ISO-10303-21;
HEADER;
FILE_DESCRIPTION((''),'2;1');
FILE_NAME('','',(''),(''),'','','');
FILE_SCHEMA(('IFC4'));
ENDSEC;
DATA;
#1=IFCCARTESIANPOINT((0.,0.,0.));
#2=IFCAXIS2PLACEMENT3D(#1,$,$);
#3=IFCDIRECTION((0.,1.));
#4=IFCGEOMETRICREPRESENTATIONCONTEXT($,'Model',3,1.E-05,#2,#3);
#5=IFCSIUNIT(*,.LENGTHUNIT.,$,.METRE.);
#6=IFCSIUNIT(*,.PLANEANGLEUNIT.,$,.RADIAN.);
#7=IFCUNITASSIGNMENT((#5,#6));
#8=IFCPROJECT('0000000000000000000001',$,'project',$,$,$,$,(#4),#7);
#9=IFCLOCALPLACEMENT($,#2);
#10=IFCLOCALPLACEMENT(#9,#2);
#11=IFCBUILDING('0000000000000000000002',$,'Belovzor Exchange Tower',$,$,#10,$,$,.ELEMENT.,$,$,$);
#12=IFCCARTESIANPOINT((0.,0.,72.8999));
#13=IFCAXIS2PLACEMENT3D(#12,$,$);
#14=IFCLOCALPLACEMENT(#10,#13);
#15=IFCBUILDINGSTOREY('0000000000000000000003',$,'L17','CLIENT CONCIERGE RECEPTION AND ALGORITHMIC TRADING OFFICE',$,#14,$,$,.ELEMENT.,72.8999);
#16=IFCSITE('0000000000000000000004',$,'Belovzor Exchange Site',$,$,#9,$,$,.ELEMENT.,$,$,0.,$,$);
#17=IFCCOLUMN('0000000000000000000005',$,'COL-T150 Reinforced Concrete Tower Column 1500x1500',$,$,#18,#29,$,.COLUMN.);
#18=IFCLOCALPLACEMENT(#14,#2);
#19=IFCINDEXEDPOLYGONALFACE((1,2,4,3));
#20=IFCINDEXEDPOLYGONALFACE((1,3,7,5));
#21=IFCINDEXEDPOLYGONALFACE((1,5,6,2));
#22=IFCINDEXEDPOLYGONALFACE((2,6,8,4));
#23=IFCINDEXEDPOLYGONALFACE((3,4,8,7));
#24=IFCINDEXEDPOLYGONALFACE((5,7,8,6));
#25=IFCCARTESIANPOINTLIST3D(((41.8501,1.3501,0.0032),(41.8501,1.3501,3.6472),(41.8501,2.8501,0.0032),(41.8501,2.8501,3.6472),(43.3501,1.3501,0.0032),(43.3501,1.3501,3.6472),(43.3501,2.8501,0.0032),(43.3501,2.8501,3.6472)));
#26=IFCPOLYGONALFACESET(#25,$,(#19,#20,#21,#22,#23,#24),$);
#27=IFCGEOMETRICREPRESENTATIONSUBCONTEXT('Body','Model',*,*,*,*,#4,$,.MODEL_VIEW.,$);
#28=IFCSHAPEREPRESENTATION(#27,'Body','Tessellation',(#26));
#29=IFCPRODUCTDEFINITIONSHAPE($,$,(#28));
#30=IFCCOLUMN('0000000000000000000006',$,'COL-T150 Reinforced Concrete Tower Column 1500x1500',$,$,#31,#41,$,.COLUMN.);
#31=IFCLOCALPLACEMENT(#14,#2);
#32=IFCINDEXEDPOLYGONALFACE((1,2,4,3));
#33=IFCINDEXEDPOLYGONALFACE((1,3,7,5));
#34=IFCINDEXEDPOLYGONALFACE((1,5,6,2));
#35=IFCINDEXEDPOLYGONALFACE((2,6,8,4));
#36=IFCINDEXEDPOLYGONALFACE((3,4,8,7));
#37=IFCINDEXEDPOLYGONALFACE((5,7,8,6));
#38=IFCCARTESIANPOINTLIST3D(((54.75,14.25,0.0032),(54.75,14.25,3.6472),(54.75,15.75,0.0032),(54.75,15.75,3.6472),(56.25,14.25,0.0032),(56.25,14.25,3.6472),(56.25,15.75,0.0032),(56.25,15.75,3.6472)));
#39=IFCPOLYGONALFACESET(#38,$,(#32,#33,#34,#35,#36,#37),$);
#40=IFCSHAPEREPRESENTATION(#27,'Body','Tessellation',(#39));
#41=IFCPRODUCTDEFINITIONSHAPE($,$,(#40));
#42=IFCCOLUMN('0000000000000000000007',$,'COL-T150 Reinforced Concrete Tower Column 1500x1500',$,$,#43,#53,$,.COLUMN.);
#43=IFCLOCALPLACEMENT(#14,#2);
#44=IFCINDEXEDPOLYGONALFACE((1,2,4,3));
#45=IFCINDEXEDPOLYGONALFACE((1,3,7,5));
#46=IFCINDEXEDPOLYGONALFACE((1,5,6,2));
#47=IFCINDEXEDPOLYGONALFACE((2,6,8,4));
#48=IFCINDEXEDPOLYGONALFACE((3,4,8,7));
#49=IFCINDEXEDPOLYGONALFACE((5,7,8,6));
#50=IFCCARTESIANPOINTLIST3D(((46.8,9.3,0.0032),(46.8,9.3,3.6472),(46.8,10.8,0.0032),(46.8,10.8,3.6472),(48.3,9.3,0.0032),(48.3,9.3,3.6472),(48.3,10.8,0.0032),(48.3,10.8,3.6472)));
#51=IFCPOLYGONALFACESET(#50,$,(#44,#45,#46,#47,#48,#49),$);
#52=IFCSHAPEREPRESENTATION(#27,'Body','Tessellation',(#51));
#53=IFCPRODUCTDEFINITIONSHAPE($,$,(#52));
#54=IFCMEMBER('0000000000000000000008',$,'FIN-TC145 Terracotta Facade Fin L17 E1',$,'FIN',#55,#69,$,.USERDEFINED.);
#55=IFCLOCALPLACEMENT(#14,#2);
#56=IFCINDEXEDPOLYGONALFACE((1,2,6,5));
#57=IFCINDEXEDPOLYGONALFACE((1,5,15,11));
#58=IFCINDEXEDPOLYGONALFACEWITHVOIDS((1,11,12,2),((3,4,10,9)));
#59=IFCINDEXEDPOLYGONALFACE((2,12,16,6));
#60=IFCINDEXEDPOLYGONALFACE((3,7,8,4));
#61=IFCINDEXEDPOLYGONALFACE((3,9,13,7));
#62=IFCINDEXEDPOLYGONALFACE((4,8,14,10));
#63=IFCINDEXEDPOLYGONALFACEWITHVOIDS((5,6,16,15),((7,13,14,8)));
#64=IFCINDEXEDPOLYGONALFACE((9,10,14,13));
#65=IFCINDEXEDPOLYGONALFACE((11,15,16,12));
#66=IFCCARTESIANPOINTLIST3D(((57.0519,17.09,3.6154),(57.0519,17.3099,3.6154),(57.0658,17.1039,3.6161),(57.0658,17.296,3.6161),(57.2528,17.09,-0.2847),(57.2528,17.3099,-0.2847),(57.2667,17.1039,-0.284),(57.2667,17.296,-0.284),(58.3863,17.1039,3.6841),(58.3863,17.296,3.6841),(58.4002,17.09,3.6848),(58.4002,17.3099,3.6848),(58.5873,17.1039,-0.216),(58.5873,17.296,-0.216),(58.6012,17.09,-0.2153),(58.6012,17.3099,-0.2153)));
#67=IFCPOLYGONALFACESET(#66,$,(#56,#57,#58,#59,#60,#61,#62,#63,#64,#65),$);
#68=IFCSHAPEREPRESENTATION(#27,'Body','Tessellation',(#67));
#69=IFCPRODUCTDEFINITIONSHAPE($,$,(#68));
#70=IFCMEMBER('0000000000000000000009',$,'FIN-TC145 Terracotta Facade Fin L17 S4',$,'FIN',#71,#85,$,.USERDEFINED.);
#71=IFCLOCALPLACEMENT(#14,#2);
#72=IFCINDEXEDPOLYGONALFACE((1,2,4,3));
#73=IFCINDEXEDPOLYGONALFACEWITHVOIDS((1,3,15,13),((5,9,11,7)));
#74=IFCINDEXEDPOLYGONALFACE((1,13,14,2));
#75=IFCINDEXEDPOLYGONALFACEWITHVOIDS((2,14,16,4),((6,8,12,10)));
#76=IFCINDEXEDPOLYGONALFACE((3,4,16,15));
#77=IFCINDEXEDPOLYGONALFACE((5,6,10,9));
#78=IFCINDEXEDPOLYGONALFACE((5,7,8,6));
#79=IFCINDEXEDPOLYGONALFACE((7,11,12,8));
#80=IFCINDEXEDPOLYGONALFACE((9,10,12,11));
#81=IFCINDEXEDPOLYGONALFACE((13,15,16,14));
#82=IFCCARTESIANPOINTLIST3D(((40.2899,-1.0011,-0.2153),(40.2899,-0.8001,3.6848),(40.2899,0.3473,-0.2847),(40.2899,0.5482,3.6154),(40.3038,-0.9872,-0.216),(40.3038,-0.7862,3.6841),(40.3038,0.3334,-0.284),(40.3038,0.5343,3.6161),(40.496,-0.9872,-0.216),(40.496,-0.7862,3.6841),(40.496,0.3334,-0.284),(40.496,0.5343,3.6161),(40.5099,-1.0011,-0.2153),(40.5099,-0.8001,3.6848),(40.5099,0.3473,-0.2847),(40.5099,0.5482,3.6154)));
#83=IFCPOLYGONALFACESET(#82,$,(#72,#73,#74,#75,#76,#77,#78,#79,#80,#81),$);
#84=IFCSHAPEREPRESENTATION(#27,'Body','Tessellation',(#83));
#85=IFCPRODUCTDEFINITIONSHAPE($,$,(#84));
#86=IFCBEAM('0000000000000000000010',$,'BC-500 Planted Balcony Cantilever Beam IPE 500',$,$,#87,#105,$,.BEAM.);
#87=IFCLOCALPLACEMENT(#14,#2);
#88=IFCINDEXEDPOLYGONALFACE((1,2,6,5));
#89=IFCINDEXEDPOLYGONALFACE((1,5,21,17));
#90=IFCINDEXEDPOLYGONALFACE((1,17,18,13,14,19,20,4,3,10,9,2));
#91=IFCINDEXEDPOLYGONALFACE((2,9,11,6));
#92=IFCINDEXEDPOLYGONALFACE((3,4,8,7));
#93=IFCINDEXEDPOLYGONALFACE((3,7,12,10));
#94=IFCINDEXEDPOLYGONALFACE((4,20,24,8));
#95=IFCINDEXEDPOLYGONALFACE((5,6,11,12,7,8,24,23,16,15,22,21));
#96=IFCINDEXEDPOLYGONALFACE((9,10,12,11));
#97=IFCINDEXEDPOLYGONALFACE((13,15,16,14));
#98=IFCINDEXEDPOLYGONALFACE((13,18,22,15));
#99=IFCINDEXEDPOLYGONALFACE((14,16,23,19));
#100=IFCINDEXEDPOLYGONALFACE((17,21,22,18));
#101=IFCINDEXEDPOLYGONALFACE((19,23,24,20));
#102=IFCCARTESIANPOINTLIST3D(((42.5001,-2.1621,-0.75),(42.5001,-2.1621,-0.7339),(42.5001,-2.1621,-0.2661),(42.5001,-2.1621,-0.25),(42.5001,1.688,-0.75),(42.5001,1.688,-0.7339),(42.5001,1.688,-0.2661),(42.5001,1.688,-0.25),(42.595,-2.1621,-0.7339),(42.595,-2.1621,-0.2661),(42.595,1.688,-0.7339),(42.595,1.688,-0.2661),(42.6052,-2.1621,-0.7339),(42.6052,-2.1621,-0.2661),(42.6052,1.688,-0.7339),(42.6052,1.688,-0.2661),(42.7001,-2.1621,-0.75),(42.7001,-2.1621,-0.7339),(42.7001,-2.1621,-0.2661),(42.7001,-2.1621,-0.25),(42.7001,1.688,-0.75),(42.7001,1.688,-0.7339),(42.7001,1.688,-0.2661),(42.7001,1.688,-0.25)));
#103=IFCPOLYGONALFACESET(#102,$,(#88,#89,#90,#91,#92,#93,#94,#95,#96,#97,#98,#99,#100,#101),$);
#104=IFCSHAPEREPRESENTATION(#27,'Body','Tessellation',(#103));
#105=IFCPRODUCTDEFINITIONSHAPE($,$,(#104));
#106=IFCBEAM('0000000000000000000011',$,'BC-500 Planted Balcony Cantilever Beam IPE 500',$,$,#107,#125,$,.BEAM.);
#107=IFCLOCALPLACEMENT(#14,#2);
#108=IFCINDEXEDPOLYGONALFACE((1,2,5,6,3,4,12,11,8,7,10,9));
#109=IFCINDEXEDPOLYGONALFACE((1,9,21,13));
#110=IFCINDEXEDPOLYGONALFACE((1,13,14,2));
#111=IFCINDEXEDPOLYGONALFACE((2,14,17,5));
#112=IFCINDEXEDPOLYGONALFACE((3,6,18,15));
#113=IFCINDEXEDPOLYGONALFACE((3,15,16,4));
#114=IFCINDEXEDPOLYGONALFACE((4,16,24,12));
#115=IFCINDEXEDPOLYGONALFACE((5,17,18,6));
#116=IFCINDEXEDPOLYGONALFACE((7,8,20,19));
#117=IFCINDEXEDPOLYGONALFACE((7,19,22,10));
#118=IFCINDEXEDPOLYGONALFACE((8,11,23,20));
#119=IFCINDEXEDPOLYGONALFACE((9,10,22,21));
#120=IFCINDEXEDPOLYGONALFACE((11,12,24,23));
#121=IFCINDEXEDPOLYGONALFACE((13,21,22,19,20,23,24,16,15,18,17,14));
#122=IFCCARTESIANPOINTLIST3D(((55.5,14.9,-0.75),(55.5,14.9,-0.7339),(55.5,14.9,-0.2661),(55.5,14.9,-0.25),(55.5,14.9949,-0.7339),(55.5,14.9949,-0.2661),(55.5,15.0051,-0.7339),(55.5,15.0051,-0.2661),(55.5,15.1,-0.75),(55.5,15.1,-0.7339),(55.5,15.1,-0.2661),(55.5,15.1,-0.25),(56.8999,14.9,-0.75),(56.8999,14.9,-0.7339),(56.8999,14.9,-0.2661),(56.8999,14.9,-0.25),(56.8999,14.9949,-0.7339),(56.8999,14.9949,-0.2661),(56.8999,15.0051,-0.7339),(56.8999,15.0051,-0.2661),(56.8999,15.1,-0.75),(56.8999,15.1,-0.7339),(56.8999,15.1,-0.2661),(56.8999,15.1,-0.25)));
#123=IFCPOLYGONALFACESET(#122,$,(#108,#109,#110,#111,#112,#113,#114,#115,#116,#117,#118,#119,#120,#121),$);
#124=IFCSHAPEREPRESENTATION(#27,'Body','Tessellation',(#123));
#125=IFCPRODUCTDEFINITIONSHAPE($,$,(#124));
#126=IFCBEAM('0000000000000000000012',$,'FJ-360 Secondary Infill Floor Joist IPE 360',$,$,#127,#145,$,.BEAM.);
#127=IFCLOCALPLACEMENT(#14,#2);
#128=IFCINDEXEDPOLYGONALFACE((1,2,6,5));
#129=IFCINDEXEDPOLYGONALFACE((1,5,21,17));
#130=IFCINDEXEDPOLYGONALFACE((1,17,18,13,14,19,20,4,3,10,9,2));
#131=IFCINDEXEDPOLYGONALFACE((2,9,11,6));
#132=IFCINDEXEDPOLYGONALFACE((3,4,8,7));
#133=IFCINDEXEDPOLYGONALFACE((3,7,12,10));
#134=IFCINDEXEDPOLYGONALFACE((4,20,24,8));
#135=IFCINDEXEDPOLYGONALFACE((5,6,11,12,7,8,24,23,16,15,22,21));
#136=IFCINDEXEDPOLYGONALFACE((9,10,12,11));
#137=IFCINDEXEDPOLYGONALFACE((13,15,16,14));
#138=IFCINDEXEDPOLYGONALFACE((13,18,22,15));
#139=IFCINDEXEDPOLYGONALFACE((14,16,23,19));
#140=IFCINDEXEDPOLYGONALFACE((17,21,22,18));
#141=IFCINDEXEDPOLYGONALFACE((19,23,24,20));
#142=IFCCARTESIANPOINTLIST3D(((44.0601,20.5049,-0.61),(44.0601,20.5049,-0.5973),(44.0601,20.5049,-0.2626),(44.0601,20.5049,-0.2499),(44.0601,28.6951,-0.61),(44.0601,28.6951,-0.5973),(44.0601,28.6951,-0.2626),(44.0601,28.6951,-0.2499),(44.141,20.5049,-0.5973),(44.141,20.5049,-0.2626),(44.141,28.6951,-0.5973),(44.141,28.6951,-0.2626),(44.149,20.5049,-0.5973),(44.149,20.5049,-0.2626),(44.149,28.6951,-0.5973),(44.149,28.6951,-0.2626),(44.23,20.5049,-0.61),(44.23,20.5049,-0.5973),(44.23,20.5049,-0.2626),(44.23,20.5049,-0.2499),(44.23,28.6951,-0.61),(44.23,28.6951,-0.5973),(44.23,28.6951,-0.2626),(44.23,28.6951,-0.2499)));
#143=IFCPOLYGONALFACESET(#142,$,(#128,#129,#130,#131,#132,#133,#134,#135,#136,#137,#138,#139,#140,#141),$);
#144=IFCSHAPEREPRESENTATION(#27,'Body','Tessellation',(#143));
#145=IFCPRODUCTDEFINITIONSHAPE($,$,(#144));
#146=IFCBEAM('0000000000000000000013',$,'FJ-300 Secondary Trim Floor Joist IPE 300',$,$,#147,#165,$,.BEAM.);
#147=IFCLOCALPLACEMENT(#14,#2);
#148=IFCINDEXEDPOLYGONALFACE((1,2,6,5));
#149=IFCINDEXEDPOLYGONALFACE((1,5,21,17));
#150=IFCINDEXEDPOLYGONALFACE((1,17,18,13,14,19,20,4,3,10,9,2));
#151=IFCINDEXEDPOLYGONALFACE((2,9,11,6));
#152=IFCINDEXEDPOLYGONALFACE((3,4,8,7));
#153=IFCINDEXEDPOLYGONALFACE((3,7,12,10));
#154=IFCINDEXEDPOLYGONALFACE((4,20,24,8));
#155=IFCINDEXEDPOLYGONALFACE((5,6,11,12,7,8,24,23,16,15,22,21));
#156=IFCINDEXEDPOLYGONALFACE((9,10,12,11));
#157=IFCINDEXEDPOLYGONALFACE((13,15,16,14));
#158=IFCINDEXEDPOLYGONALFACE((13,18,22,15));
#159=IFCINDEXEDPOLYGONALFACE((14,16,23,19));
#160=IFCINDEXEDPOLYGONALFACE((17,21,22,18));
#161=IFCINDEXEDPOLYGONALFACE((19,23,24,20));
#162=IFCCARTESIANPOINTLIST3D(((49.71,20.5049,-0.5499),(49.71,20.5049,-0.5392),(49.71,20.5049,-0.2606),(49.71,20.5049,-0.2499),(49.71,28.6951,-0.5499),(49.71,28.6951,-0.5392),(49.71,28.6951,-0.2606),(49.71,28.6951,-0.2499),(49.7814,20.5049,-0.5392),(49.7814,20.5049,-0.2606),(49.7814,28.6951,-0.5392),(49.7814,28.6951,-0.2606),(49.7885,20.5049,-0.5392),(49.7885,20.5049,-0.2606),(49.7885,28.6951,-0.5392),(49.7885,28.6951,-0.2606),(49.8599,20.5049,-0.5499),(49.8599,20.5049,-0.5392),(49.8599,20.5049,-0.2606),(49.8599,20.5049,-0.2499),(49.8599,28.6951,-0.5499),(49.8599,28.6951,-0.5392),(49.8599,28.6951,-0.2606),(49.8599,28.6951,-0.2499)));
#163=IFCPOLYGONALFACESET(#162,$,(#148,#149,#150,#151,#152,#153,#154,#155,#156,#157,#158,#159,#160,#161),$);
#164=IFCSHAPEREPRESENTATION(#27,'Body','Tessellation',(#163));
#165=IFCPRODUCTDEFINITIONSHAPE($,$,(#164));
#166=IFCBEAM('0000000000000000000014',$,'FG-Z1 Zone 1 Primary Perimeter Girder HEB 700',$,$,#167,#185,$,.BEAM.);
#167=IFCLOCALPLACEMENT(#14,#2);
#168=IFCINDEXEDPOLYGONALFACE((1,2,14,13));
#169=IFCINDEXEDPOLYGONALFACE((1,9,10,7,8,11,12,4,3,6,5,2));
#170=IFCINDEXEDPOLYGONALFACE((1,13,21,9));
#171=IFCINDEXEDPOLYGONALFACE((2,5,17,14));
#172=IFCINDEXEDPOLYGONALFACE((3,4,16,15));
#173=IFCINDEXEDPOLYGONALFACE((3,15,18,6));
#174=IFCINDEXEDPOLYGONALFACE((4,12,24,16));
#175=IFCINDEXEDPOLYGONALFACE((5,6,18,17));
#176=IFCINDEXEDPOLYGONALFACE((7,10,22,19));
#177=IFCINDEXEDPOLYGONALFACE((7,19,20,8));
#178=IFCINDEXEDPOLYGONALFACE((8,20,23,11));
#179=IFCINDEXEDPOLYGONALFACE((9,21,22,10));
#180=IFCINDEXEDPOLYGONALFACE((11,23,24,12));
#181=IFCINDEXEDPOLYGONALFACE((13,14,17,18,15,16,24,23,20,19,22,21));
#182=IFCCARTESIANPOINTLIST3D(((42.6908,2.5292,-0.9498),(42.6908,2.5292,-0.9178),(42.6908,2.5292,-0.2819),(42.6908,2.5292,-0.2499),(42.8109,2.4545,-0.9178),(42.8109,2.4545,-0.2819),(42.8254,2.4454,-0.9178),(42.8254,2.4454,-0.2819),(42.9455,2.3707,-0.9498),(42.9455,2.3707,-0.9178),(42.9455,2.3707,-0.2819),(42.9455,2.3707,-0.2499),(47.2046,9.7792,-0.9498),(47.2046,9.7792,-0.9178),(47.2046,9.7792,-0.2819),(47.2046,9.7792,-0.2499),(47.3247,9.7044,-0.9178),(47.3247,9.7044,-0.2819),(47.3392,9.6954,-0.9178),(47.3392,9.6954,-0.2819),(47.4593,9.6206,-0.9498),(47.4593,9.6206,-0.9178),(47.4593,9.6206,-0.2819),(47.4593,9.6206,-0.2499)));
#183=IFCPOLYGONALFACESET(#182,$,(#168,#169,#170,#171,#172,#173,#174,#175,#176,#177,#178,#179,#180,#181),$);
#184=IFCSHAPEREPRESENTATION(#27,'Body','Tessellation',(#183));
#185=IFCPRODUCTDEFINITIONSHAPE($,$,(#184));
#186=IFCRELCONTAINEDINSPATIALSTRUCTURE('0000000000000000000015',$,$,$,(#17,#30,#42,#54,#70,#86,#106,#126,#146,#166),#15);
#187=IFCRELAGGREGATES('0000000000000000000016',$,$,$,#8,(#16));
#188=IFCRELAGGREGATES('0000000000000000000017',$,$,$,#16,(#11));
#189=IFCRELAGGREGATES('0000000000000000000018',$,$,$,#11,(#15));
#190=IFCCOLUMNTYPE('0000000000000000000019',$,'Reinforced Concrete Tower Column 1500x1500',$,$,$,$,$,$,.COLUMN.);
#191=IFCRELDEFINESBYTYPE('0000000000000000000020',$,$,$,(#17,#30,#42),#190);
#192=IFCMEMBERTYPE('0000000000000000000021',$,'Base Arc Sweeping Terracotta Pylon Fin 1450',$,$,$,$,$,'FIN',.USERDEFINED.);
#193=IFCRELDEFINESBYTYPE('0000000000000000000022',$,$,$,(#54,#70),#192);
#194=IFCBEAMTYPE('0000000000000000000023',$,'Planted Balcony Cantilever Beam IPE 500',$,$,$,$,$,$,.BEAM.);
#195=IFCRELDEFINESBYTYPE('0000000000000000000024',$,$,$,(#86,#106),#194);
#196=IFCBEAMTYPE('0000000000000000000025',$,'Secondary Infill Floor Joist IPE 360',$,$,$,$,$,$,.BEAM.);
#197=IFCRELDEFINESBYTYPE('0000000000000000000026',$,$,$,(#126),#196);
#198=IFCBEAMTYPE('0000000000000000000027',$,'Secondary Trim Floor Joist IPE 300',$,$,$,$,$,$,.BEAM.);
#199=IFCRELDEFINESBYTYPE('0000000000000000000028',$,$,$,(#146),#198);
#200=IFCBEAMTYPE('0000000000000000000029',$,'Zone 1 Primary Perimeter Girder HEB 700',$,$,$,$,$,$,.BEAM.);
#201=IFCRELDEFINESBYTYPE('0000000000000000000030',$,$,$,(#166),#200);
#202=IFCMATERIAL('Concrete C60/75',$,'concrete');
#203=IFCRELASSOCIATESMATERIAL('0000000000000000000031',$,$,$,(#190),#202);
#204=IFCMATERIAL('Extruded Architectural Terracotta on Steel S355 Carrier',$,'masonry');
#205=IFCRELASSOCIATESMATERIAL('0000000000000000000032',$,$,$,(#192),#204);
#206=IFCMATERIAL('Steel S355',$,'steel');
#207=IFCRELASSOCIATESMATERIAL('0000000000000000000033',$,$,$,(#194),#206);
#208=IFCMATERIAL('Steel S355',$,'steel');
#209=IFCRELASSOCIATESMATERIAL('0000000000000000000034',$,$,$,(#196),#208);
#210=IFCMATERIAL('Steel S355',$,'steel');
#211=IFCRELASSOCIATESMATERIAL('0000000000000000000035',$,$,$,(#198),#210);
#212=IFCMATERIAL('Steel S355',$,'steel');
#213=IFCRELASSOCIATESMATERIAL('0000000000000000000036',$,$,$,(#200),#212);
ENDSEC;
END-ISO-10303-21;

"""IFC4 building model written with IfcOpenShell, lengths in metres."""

from ifc_helpers import new_model, si_unit, direction, frame, origin, origin_2d, place, context, subcontext, project, spatial, rectangle, hollow_rectangle, i_section, extrude, material, material_profile, profile_set, type_object, element, save


model = new_model("IFC4")

# Units and contexts
model_context = context("Model", 3, precision=1e-05, world=origin(), true_north=direction((0.0, 1.0)))
body_context = subcontext(model_context, "Body", "Model", "MODEL_VIEW")
ifc_project = project(units=[si_unit("LENGTHUNIT", "METRE"), si_unit("PLANEANGLEUNIT", "RADIAN")], contexts=[model_context])

# Site, building, storey
site_placement = place(None, origin())
site = spatial("IfcSite", under=ifc_project, at=site_placement, Name="Belovzor Exchange Site", CompositionType="ELEMENT", RefElevation=0.0)
building_placement = place(site_placement, origin())
building = spatial("IfcBuilding", under=site, at=building_placement, Name="Belovzor Exchange Tower", CompositionType="ELEMENT")
storey_placement = place(building_placement, frame((0.0, 0.0, 72.8999)))
storey = spatial("IfcBuildingStorey", under=building, at=storey_placement, Name="L17", Description="CLIENT CONCIERGE RECEPTION AND ALGORITHMIC TRADING OFFICE", CompositionType="ELEMENT", Elevation=72.8999)

# Columns
ifc_material_1 = material(Name="Concrete C60/75", Category="concrete")
ifc_material_profile_1 = material_profile(ifc_material_1, rectangle(XDim=1.5, YDim=1.5, at=origin_2d()))
ifc_profile_set_1 = profile_set([ifc_material_profile_1], Name="Concrete C60/75")
column_type = type_object("IfcColumnType", Name="Reinforced Concrete Tower Column 1500x1500", PredefinedType="COLUMN", material=ifc_profile_set_1)
for number, where, z_axis, x_axis, name in (
    (1, (42.6001, 2.1001, 0.0032), (0.0, 0.0, 1.0), (1.0, 0.0, 0.0), "COL-T150 Reinforced Concrete Tower Column 1500x1500"),
    (2, (55.5, 15.0, 0.0032), (0.0, 0.0, 1.0), (1.0, 0.0, 0.0), "COL-T150 Reinforced Concrete Tower Column 1500x1500"),
    (3, (47.55, 10.05, 0.0032), (0.0, 0.0, 1.0), (1.0, 0.0, 0.0), "COL-T150 Reinforced Concrete Tower Column 1500x1500"),
):
    element("IfcColumn", number, at=place(storey_placement, frame(where, z_axis=z_axis, x_axis=x_axis)), inside=storey, type_object=column_type, Name=name, PredefinedType="COLUMN", context=body_context, shape_type="SweptSolid", body=[
        extrude(rectangle(XDim=1.5, YDim=1.5, at=origin_2d()), origin(), (0.0, 0.0, 1.0), 3.644),
    ])

# Members
ifc_material_2 = material(Name="Extruded Architectural Terracotta on Steel S355 Carrier", Category="masonry")
ifc_material_profile_2 = material_profile(ifc_material_2, hollow_rectangle(XDim=0.22, YDim=1.3501, WallThickness=0.0139, at=origin_2d()))
ifc_profile_set_2 = profile_set([ifc_material_profile_2], Name="Extruded Architectural Terracotta on Steel S355 Carrier")
member_type = type_object("IfcMemberType", Name="Base Arc Sweeping Terracotta Pylon Fin 1450", ElementType="FIN", PredefinedType="USERDEFINED", material=ifc_profile_set_2)
for number, where, z_axis, x_axis, name in (
    (4, (57.927, 17.2, -0.25), (-0.05145, 0.0, 0.998676), (0.0, -1.0, 0.0), "FIN-TC145 Terracotta Facade Fin L17 E1"),
    (5, (40.3999, -0.3269, -0.25), (0.0, 0.05145, 0.998676), (-1.0, 0.0, 0.0), "FIN-TC145 Terracotta Facade Fin L17 S4"),
):
    element("IfcMember", number, at=place(storey_placement, frame(where, z_axis=z_axis, x_axis=x_axis)), inside=storey, type_object=member_type, Name=name, ObjectType="FIN", PredefinedType="USERDEFINED", context=body_context, shape_type="SweptSolid", body=[
        extrude(hollow_rectangle(XDim=0.22, YDim=1.3501, WallThickness=0.0139, at=origin_2d()), origin(), (0.0, 0.0, 1.0), 3.9053),
    ])

# Beams
ifc_material_3 = material(Name="Steel S355", Category="steel")
ifc_material_profile_3 = material_profile(ifc_material_3, i_section(OverallWidth=0.2, OverallDepth=0.5, WebThickness=0.0103, FlangeThickness=0.0161, at=origin_2d()))
ifc_profile_set_3 = profile_set([ifc_material_profile_3], Name="Steel S355")
beam_type_1 = type_object("IfcBeamType", Name="Planted Balcony Cantilever Beam IPE 500", PredefinedType="BEAM", material=ifc_profile_set_3)
beam_1_placement = place(storey_placement, frame((42.6001, 1.688, -0.5), z_axis=(0.0, -1.0, 0.0), x_axis=(1.0, 0.0, 0.0)))
element("IfcBeam", 6, at=beam_1_placement, inside=storey, type_object=beam_type_1, Name="BC-500 Planted Balcony Cantilever Beam IPE 500", PredefinedType="BEAM", context=body_context, shape_type="SweptSolid", body=[
    extrude(i_section(OverallWidth=0.2, OverallDepth=0.5, WebThickness=0.0103, FlangeThickness=0.0161, at=origin_2d()), origin(), (0.0, 0.0, 1.0), 3.8501),
])
beam_2_placement = place(storey_placement, frame((55.5, 15.0, -0.5), z_axis=(1.0, 0.0, 0.0), x_axis=(0.0, 1.0, 0.0)))
element("IfcBeam", 7, at=beam_2_placement, inside=storey, type_object=beam_type_1, Name="BC-500 Planted Balcony Cantilever Beam IPE 500", PredefinedType="BEAM", context=body_context, shape_type="SweptSolid", body=[
    extrude(i_section(OverallWidth=0.2, OverallDepth=0.5, WebThickness=0.0103, FlangeThickness=0.0161, at=origin_2d()), origin(), (0.0, 0.0, 1.0), 1.3999),
])
ifc_material_4 = material(Name="Steel S355", Category="steel")
ifc_material_profile_4 = material_profile(ifc_material_4, i_section(OverallWidth=0.1699, OverallDepth=0.3601, WebThickness=0.0081, FlangeThickness=0.0127, at=origin_2d()))
ifc_profile_set_4 = profile_set([ifc_material_profile_4], Name="Steel S355")
beam_type_2 = type_object("IfcBeamType", Name="Secondary Infill Floor Joist IPE 360", PredefinedType="BEAM", material=ifc_profile_set_4)
beam_3_placement = place(storey_placement, frame((44.145, 20.5049, -0.4299), z_axis=(0.0, 1.0, 0.0), x_axis=(-1.0, 0.0, 0.0)))
element("IfcBeam", 8, at=beam_3_placement, inside=storey, type_object=beam_type_2, Name="FJ-360 Secondary Infill Floor Joist IPE 360", PredefinedType="BEAM", context=body_context, shape_type="SweptSolid", body=[
    extrude(i_section(OverallWidth=0.1699, OverallDepth=0.3601, WebThickness=0.0081, FlangeThickness=0.0127, at=origin_2d()), origin(), (0.0, 0.0, 1.0), 8.1902),
])
ifc_material_5 = material(Name="Steel S355", Category="steel")
ifc_material_profile_5 = material_profile(ifc_material_5, i_section(OverallWidth=0.1499, OverallDepth=0.3, WebThickness=0.0071, FlangeThickness=0.0107, at=origin_2d()))
ifc_profile_set_5 = profile_set([ifc_material_profile_5], Name="Steel S355")
beam_type_3 = type_object("IfcBeamType", Name="Secondary Trim Floor Joist IPE 300", PredefinedType="BEAM", material=ifc_profile_set_5)
beam_4_placement = place(storey_placement, frame((49.7849, 20.5049, -0.3999), z_axis=(0.0, 1.0, 0.0), x_axis=(-1.0, 0.0, 0.0)))
element("IfcBeam", 9, at=beam_4_placement, inside=storey, type_object=beam_type_3, Name="FJ-300 Secondary Trim Floor Joist IPE 300", PredefinedType="BEAM", context=body_context, shape_type="SweptSolid", body=[
    extrude(i_section(OverallWidth=0.1499, OverallDepth=0.3, WebThickness=0.0071, FlangeThickness=0.0107, at=origin_2d()), origin(), (0.0, 0.0, 1.0), 8.1902),
])
ifc_material_6 = material(Name="Steel S355", Category="steel")
ifc_material_profile_6 = material_profile(ifc_material_6, i_section(OverallWidth=0.3, OverallDepth=0.7, WebThickness=0.0171, FlangeThickness=0.032, at=origin_2d()))
ifc_profile_set_6 = profile_set([ifc_material_profile_6], Name="Steel S355")
beam_type_4 = type_object("IfcBeamType", Name="Zone 1 Primary Perimeter Girder HEB 700", PredefinedType="BEAM", material=ifc_profile_set_6)
for number, where, z_axis, x_axis, name in (
    (10, (42.8181, 2.45, -0.5999), (0.528539, 0.848909, 0.0), (-0.848909, 0.528539, 0.0), "FG-Z1 Zone 1 Primary Perimeter Girder HEB 700"),
):
    element("IfcBeam", number, at=place(storey_placement, frame(where, z_axis=z_axis, x_axis=x_axis)), inside=storey, type_object=beam_type_4, Name=name, PredefinedType="BEAM", context=body_context, shape_type="SweptSolid", body=[
        extrude(i_section(OverallWidth=0.3, OverallDepth=0.7, WebThickness=0.0171, FlangeThickness=0.032, at=origin_2d()), origin(), (0.0, 0.0, 1.0), 8.5403),
    ])

save(model, "model.ifc")
